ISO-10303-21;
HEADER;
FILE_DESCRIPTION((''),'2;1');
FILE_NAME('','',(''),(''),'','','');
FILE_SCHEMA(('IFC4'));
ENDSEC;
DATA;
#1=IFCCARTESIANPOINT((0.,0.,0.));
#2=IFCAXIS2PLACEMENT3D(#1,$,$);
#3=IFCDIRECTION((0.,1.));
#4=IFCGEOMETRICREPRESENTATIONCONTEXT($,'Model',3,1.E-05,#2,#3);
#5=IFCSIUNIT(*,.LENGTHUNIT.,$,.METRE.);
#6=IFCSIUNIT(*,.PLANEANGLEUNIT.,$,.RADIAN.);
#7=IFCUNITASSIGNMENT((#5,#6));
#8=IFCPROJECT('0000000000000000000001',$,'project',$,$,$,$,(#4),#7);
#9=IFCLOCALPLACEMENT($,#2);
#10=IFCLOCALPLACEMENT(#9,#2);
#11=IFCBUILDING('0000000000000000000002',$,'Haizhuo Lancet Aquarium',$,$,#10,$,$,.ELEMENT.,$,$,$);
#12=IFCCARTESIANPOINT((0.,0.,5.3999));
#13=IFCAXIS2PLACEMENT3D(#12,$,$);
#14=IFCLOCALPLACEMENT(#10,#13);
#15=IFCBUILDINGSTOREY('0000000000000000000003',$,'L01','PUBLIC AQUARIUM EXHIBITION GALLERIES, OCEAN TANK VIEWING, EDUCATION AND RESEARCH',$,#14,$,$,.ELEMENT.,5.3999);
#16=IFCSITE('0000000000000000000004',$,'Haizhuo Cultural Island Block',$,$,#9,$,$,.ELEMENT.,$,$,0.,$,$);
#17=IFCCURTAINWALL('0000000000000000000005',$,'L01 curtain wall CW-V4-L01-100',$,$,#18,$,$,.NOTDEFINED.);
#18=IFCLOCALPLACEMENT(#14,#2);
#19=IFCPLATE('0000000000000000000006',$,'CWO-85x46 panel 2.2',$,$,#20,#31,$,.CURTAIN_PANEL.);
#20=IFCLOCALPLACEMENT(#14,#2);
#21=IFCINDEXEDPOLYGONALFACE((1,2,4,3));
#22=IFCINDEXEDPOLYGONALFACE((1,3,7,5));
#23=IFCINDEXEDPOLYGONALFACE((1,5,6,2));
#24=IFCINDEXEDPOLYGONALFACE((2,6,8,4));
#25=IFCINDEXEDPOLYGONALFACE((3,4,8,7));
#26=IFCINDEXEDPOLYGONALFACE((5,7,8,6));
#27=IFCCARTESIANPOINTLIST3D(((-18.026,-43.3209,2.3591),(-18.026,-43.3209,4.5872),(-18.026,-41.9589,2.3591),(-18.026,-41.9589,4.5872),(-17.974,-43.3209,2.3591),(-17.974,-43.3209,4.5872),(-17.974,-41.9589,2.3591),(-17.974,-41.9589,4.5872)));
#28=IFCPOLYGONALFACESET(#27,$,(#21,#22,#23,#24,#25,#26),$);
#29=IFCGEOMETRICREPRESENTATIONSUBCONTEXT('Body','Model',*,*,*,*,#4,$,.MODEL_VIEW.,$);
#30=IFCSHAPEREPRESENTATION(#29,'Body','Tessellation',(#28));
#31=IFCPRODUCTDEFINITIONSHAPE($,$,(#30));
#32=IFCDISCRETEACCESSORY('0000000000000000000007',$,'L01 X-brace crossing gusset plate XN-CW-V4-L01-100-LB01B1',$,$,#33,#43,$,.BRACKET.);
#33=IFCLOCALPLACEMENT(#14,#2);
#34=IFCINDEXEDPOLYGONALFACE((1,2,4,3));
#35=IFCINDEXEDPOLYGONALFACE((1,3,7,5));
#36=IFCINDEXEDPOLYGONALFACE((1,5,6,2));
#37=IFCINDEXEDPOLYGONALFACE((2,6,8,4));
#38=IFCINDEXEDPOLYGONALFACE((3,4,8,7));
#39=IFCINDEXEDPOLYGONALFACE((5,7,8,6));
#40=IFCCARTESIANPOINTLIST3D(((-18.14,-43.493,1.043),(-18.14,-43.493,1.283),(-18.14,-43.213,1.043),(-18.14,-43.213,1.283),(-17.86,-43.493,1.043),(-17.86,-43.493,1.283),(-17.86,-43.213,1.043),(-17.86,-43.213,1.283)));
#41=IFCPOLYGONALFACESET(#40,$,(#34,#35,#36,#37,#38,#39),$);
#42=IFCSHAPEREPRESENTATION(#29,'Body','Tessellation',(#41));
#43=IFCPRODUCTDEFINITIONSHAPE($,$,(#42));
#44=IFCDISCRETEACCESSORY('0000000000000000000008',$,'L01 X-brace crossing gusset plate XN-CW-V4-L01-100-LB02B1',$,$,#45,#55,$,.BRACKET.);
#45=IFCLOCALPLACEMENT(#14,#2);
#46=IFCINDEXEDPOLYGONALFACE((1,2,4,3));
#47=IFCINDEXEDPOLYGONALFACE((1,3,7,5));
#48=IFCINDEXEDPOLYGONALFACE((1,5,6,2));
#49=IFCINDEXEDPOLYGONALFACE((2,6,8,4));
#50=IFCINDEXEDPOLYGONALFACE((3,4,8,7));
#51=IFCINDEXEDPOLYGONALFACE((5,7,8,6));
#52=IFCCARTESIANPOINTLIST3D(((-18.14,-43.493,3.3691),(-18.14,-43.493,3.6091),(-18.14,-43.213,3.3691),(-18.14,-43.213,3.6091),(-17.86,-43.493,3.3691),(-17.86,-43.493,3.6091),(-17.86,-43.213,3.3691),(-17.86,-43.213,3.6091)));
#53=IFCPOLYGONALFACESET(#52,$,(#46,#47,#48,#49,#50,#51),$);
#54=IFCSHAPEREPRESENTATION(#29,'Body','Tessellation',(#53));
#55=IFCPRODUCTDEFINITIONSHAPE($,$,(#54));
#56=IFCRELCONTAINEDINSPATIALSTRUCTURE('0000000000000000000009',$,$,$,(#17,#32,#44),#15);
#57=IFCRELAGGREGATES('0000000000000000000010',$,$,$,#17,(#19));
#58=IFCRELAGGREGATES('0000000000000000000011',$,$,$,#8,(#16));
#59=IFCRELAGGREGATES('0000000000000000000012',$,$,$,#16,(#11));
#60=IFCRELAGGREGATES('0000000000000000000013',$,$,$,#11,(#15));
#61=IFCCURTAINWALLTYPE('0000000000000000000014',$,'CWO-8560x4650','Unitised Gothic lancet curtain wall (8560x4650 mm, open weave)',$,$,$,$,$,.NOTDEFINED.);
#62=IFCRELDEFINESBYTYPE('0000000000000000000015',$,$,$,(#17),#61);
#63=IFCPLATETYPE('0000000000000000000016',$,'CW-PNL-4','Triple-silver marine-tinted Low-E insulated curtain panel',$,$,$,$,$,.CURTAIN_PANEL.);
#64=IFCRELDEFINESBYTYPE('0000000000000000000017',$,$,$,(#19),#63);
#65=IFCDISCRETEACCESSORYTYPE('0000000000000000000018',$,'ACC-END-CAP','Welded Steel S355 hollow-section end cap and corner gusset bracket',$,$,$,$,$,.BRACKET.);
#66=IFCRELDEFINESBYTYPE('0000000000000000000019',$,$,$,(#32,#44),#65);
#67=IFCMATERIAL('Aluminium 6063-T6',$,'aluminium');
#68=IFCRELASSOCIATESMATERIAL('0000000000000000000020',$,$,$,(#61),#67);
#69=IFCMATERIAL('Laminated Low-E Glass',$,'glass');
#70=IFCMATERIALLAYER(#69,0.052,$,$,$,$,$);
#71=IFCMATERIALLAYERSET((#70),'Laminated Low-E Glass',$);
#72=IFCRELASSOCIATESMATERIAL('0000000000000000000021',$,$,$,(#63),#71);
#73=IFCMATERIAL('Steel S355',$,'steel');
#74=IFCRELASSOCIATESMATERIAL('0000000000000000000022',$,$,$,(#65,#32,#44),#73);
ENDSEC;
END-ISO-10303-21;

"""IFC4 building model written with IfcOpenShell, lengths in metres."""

from ifc_helpers import new_model, si_unit, direction, frame, origin, origin_2d, place, context, subcontext, project, spatial, rectangle, extrude, material, layer, layer_set, type_object, element, aggregate, save


model = new_model("IFC4")

# Units and contexts
model_context = context("Model", 3, precision=1e-05, world=origin(), true_north=direction((0.0, 1.0)))
body_context = subcontext(model_context, "Body", "Model", "MODEL_VIEW")
ifc_project = project(units=[si_unit("LENGTHUNIT", "METRE"), si_unit("PLANEANGLEUNIT", "RADIAN")], contexts=[model_context])

# Site, building, storey
site_placement = place(None, origin())
site = spatial("IfcSite", under=ifc_project, at=site_placement, Name="Haizhuo Cultural Island Block", CompositionType="ELEMENT", RefElevation=0.0)
building_placement = place(site_placement, origin())
building = spatial("IfcBuilding", under=site, at=building_placement, Name="Haizhuo Lancet Aquarium", CompositionType="ELEMENT")
storey_placement = place(building_placement, frame((0.0, 0.0, 5.3999)))
storey = spatial("IfcBuildingStorey", under=building, at=storey_placement, Name="L01", Description="PUBLIC AQUARIUM EXHIBITION GALLERIES, OCEAN TANK VIEWING, EDUCATION AND RESEARCH", CompositionType="ELEMENT", Elevation=5.3999)

# Curtain wall
ifc_material_1 = material(Name="Aluminium 6063-T6", Category="aluminium")
curtain_wall_type = type_object("IfcCurtainWallType", Name="CWO-8560x4650", Description="Unitised Gothic lancet curtain wall (8560x4650 mm, open weave)", PredefinedType="NOTDEFINED", material=ifc_material_1)
curtain_wall_placement = place(storey_placement, origin())
curtain_wall = element("IfcCurtainWall", 1, at=curtain_wall_placement, inside=storey, type_object=curtain_wall_type, Name="L01 curtain wall CW-V4-L01-100", PredefinedType="NOTDEFINED")

# Shared definitions
ifc_material_2 = material(Name="Steel S355", Category="steel")

# Plate
ifc_material_3 = material(Name="Laminated Low-E Glass", Category="glass")
ifc_layer = layer(ifc_material_3, 0.052)
ifc_layer_set = layer_set([ifc_layer], Name="Laminated Low-E Glass")
plate_type = type_object("IfcPlateType", Name="CW-PNL-4", Description="Triple-silver marine-tinted Low-E insulated curtain panel", PredefinedType="CURTAIN_PANEL", material=ifc_layer_set)
plate_1_placement = place(storey_placement, frame((-18.0, -42.6399, 2.3591), z_axis=(0.0, 0.0, 1.0), x_axis=(0.0, 1.0, 0.0)))
plate_1 = element("IfcPlate", 2, at=plate_1_placement, type_object=plate_type, Name="CWO-85x46 panel 2.2", PredefinedType="CURTAIN_PANEL", context=body_context, shape_type="SweptSolid", body=[
    extrude(rectangle(XDim=1.3621, YDim=0.052, at=origin_2d()), origin(), (0.0, 0.0, 1.0), 2.228),
])
aggregate(curtain_wall, [plate_1])

# Discrete accessories
discrete_accessory_type = type_object("IfcDiscreteAccessoryType", Name="ACC-END-CAP", Description="Welded Steel S355 hollow-section end cap and corner gusset bracket", PredefinedType="BRACKET", material=ifc_material_2)
for number, where, z_axis, x_axis, name in (
    (3, (-18.0, -43.353, 1.043), (0.0, 0.0, 1.0), (1.0, 0.0, 0.0), "L01 X-brace crossing gusset plate XN-CW-V4-L01-100-LB01B1"),
    (4, (-18.0, -43.353, 3.3691), (0.0, 0.0, 1.0), (1.0, 0.0, 0.0), "L01 X-brace crossing gusset plate XN-CW-V4-L01-100-LB02B1"),
):
    element("IfcDiscreteAccessory", number, at=place(storey_placement, frame(where, z_axis=z_axis, x_axis=x_axis)), inside=storey, type_object=discrete_accessory_type, material=ifc_material_2, Name=name, PredefinedType="BRACKET", context=body_context, shape_type="SweptSolid", body=[
        extrude(rectangle(XDim=0.28, YDim=0.28, at=origin_2d()), origin(), (0.0, 0.0, 1.0), 0.24),
    ])

save(model, "model.ifc")
